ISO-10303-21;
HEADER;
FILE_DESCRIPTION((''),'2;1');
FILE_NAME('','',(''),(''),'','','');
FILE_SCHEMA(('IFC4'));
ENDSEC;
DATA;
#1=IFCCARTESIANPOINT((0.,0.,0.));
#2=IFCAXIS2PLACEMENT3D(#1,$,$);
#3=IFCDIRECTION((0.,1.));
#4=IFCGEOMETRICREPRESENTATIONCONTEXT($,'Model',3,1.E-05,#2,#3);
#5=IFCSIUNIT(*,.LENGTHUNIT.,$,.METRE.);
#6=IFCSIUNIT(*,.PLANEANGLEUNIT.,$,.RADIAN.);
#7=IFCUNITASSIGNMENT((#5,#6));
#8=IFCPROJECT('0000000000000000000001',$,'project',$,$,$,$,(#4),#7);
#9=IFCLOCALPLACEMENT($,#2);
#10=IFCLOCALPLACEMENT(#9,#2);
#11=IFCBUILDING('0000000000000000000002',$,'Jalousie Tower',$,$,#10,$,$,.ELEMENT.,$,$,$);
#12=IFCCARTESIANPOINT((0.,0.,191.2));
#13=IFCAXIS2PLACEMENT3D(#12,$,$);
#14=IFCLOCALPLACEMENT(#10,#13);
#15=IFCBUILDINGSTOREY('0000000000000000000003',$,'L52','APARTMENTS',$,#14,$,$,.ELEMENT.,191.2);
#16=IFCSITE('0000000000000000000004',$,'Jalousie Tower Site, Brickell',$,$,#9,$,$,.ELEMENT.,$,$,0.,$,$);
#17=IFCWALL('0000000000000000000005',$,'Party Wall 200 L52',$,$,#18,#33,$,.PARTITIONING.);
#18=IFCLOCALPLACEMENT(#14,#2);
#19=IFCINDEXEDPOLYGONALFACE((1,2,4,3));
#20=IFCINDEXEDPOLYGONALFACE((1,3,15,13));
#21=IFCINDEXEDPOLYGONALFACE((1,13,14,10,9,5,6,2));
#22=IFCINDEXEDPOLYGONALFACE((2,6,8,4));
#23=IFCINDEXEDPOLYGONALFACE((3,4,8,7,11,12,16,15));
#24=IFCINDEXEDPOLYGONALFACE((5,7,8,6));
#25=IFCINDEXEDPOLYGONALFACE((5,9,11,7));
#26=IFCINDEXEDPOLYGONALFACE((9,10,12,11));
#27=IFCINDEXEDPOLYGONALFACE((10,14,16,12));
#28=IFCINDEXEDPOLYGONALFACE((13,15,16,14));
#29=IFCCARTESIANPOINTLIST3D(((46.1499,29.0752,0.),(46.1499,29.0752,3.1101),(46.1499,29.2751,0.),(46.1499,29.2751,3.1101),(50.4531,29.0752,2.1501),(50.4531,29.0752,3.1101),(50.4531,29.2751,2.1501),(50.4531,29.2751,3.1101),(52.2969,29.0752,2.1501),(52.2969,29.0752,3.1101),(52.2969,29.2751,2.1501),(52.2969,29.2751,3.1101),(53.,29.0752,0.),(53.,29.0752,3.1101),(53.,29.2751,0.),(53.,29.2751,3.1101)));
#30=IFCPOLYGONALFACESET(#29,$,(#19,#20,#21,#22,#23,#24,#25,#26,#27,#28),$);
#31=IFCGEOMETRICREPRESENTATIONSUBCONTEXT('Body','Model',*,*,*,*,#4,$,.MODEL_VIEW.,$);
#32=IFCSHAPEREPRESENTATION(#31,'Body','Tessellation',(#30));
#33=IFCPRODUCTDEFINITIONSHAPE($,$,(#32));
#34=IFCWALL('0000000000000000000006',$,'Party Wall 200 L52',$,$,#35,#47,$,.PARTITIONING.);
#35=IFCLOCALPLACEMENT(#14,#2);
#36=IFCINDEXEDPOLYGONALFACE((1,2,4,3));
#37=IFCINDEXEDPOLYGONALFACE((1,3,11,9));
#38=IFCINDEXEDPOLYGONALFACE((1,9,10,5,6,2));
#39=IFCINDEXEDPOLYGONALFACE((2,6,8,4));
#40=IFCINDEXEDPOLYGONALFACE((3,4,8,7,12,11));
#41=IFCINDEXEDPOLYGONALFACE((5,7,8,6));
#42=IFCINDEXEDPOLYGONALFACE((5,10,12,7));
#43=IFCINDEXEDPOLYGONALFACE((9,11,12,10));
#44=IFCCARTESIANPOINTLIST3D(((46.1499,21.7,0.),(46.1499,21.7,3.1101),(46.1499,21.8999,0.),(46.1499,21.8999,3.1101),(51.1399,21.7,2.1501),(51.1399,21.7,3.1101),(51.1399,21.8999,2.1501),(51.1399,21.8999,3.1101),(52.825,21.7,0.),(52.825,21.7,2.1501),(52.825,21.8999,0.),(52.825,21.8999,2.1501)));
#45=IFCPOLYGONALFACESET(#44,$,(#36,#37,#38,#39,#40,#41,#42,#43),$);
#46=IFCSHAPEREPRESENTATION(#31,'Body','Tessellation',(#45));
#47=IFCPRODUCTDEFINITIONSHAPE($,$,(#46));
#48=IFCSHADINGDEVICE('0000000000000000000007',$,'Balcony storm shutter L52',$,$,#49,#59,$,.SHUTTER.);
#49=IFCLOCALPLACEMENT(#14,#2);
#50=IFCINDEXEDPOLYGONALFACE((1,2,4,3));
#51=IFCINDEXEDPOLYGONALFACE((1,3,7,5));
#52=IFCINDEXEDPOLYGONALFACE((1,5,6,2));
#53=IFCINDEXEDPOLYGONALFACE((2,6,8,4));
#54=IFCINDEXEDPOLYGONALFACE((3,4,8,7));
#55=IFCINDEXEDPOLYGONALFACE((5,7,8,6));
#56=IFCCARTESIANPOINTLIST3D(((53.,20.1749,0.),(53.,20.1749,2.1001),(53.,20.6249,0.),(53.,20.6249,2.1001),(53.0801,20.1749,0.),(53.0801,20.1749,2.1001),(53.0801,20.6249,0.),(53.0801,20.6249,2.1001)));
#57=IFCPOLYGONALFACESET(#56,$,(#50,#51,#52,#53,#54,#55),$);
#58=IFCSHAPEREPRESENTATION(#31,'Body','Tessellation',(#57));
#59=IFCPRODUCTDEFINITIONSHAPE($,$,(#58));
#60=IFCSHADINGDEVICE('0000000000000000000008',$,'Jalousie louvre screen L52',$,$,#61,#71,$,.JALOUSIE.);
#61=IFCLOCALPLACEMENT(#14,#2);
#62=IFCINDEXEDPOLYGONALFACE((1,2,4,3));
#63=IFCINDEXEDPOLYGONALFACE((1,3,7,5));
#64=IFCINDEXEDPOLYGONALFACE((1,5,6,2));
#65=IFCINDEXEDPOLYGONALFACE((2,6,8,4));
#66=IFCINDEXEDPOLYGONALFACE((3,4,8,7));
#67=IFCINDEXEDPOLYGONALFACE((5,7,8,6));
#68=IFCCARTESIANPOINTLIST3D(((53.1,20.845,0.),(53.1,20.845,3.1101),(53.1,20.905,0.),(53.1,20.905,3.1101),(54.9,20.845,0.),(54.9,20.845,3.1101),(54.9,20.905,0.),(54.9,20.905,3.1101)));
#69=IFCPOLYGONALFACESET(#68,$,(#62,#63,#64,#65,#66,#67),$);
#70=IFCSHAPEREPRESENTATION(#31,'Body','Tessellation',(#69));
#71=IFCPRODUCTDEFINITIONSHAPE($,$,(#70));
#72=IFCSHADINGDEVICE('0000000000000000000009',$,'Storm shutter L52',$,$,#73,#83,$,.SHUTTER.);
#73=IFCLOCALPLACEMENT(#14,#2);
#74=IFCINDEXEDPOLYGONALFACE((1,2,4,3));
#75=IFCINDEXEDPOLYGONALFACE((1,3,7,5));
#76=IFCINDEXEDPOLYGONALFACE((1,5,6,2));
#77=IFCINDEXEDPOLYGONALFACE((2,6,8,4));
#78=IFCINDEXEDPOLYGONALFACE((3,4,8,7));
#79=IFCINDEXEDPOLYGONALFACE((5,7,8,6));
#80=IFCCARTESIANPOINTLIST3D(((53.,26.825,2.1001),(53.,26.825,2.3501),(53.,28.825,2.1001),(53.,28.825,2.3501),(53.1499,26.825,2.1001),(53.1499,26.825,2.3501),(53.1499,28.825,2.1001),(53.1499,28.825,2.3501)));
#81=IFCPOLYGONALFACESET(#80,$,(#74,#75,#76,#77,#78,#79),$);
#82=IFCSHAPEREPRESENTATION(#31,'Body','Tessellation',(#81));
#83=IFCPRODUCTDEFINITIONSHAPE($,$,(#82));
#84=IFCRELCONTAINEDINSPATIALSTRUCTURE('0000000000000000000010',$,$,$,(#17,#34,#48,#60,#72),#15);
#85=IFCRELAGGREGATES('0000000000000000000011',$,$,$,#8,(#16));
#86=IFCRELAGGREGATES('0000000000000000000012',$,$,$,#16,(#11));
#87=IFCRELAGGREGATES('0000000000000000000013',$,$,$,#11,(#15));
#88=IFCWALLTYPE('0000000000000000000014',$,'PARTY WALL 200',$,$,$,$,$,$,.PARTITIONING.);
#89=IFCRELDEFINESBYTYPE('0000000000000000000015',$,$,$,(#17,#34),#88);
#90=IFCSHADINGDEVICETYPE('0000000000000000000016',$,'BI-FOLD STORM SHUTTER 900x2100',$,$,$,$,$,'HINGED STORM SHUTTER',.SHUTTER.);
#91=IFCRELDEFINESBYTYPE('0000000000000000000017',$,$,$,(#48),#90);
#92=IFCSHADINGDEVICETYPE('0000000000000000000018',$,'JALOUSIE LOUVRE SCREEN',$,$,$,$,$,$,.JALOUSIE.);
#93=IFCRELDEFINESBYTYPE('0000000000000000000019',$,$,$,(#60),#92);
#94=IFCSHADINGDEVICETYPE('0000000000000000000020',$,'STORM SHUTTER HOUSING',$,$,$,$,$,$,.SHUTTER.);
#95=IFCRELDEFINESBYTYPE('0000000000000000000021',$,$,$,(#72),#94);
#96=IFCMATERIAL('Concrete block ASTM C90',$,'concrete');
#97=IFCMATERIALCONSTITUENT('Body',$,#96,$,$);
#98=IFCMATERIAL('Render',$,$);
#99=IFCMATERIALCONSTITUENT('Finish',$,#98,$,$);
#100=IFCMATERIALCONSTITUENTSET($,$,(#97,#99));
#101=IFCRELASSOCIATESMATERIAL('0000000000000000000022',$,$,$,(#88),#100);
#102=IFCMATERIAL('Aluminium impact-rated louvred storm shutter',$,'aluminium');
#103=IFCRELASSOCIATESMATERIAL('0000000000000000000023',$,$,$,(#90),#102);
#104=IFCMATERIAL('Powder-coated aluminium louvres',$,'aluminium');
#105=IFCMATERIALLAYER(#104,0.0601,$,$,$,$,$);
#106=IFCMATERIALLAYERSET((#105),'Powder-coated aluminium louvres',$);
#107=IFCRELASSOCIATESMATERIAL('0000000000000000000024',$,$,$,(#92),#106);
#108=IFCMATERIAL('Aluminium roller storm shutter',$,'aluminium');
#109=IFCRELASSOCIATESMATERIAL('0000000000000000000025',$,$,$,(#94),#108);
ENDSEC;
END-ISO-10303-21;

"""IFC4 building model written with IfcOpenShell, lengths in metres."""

from ifc_helpers import new_model, si_unit, direction, frame, origin, origin_2d, place, context, subcontext, project, spatial, polyline, rectangle, outline, extrude, material, layer, layer_set, constituent, constituent_set, type_object, element, save


model = new_model("IFC4")

# Units and contexts
model_context = context("Model", 3, precision=1e-05, world=origin(), true_north=direction((0.0, 1.0)))
body_context = subcontext(model_context, "Body", "Model", "MODEL_VIEW")
ifc_project = project(units=[si_unit("LENGTHUNIT", "METRE"), si_unit("PLANEANGLEUNIT", "RADIAN")], contexts=[model_context])

# Site, building, storey
site_placement = place(None, origin())
site = spatial("IfcSite", under=ifc_project, at=site_placement, Name="Jalousie Tower Site, Brickell", CompositionType="ELEMENT", RefElevation=0.0)
building_placement = place(site_placement, origin())
building = spatial("IfcBuilding", under=site, at=building_placement, Name="Jalousie Tower", CompositionType="ELEMENT")
storey_placement = place(building_placement, frame((0.0, 0.0, 191.2)))
storey = spatial("IfcBuildingStorey", under=building, at=storey_placement, Name="L52", Description="APARTMENTS", CompositionType="ELEMENT", Elevation=191.2)

# Walls
ifc_material_1 = material(Name="Concrete block ASTM C90", Category="concrete")
ifc_constituent_1 = constituent(ifc_material_1, Name="Body")
ifc_material_2 = material(Name="Render")
ifc_constituent_2 = constituent(ifc_material_2, Name="Finish")
ifc_constituent_set_1 = constituent_set(constituents=[ifc_constituent_1, ifc_constituent_2])
wall_type_1 = type_object("IfcWallType", Name="PARTY WALL 200", PredefinedType="PARTITIONING", material=ifc_constituent_set_1)
wall_1_placement = place(storey_placement, frame((46.1499, 29.175, 0.0), z_axis=(0.0, 0.0, 1.0), x_axis=(1.0, 0.0, 0.0)))
element("IfcWall", 1, at=wall_1_placement, inside=storey, type_object=wall_type_1, Name="Party Wall 200 L52", PredefinedType="PARTITIONING", context=body_context, shape_type="SweptSolid", body=[
    extrude(outline(polyline([(0.0, 0.0), (6.8501, 0.0), (6.8501, 3.1101), (6.147, 3.1101), (6.147, 2.1501), (4.3032, 2.1501), (4.3032, 3.1101), (0.0, 3.1101), (0.0, 0.0)])), frame((0.0, 0.1001, 0.0), z_axis=(0.0, -1.0, 0.0), x_axis=(1.0, 0.0, 0.0)), (0.0, 0.0, 1.0), 0.2),
])
wall_2_placement = place(storey_placement, frame((52.825, 21.8, 0.0), z_axis=(0.0, 0.0, 1.0), x_axis=(-1.0, 0.0, 0.0)))
element("IfcWall", 2, at=wall_2_placement, inside=storey, type_object=wall_type_1, Name="Party Wall 200 L52", PredefinedType="PARTITIONING", context=body_context, shape_type="SweptSolid", body=[
    extrude(outline(polyline([(0.0, 0.0), (6.675, 0.0), (6.675, 3.1101), (1.6851, 3.1101), (1.6851, 2.1501), (0.0, 2.1501), (0.0, 3.1101), (0.0, 0.0)])), frame((0.0, 0.1001, 0.0), z_axis=(0.0, -1.0, 0.0), x_axis=(1.0, 0.0, 0.0)), (0.0, 0.0, 1.0), 0.2),
])

# Shading devices
ifc_material_3 = material(Name="Aluminium impact-rated louvred storm shutter", Category="aluminium")
shading_device_type_1 = type_object("IfcShadingDeviceType", Name="BI-FOLD STORM SHUTTER 900x2100", ElementType="HINGED STORM SHUTTER", PredefinedType="SHUTTER", material=ifc_material_3)
shading_device_1_placement = place(storey_placement, frame((53.04, 20.3999, 0.0), z_axis=(0.0, 0.0, 1.0), x_axis=(0.0, 1.0, 0.0)))
element("IfcShadingDevice", 3, at=shading_device_1_placement, inside=storey, type_object=shading_device_type_1, Name="Balcony storm shutter L52", PredefinedType="SHUTTER", context=body_context, shape_type="SweptSolid", body=[
    extrude(rectangle(XDim=0.45, YDim=0.0801, at=origin_2d()), origin(), (0.0, 0.0, 1.0), 2.1001),
])
ifc_material_4 = material(Name="Powder-coated aluminium louvres", Category="aluminium")
ifc_layer_1 = layer(ifc_material_4, 0.0601)
ifc_layer_set_1 = layer_set([ifc_layer_1], Name="Powder-coated aluminium louvres")
shading_device_type_2 = type_object("IfcShadingDeviceType", Name="JALOUSIE LOUVRE SCREEN", PredefinedType="JALOUSIE", material=ifc_layer_set_1)
shading_device_2_placement = place(storey_placement, frame((54.0, 20.875, 0.0), z_axis=(0.0, 0.0, 1.0), x_axis=(0.0, 1.0, 0.0)))
element("IfcShadingDevice", 4, at=shading_device_2_placement, inside=storey, type_object=shading_device_type_2, Name="Jalousie louvre screen L52", PredefinedType="JALOUSIE", context=body_context, shape_type="SweptSolid", body=[
    extrude(rectangle(XDim=0.0601, YDim=1.8, at=origin_2d()), origin(), (0.0, 0.0, 1.0), 3.1101),
])
ifc_material_5 = material(Name="Aluminium roller storm shutter", Category="aluminium")
shading_device_type_3 = type_object("IfcShadingDeviceType", Name="STORM SHUTTER HOUSING", PredefinedType="SHUTTER", material=ifc_material_5)
shading_device_3_placement = place(storey_placement, frame((53.075, 27.825, 2.1001), z_axis=(0.0, 0.0, 1.0), x_axis=(0.0, 1.0, 0.0)))
element("IfcShadingDevice", 5, at=shading_device_3_placement, inside=storey, type_object=shading_device_type_3, Name="Storm shutter L52", PredefinedType="SHUTTER", context=body_context, shape_type="SweptSolid", body=[
    extrude(rectangle(XDim=2.0, YDim=0.1499, at=origin_2d()), origin(), (0.0, 0.0, 1.0), 0.25),
])

save(model, "model.ifc")
